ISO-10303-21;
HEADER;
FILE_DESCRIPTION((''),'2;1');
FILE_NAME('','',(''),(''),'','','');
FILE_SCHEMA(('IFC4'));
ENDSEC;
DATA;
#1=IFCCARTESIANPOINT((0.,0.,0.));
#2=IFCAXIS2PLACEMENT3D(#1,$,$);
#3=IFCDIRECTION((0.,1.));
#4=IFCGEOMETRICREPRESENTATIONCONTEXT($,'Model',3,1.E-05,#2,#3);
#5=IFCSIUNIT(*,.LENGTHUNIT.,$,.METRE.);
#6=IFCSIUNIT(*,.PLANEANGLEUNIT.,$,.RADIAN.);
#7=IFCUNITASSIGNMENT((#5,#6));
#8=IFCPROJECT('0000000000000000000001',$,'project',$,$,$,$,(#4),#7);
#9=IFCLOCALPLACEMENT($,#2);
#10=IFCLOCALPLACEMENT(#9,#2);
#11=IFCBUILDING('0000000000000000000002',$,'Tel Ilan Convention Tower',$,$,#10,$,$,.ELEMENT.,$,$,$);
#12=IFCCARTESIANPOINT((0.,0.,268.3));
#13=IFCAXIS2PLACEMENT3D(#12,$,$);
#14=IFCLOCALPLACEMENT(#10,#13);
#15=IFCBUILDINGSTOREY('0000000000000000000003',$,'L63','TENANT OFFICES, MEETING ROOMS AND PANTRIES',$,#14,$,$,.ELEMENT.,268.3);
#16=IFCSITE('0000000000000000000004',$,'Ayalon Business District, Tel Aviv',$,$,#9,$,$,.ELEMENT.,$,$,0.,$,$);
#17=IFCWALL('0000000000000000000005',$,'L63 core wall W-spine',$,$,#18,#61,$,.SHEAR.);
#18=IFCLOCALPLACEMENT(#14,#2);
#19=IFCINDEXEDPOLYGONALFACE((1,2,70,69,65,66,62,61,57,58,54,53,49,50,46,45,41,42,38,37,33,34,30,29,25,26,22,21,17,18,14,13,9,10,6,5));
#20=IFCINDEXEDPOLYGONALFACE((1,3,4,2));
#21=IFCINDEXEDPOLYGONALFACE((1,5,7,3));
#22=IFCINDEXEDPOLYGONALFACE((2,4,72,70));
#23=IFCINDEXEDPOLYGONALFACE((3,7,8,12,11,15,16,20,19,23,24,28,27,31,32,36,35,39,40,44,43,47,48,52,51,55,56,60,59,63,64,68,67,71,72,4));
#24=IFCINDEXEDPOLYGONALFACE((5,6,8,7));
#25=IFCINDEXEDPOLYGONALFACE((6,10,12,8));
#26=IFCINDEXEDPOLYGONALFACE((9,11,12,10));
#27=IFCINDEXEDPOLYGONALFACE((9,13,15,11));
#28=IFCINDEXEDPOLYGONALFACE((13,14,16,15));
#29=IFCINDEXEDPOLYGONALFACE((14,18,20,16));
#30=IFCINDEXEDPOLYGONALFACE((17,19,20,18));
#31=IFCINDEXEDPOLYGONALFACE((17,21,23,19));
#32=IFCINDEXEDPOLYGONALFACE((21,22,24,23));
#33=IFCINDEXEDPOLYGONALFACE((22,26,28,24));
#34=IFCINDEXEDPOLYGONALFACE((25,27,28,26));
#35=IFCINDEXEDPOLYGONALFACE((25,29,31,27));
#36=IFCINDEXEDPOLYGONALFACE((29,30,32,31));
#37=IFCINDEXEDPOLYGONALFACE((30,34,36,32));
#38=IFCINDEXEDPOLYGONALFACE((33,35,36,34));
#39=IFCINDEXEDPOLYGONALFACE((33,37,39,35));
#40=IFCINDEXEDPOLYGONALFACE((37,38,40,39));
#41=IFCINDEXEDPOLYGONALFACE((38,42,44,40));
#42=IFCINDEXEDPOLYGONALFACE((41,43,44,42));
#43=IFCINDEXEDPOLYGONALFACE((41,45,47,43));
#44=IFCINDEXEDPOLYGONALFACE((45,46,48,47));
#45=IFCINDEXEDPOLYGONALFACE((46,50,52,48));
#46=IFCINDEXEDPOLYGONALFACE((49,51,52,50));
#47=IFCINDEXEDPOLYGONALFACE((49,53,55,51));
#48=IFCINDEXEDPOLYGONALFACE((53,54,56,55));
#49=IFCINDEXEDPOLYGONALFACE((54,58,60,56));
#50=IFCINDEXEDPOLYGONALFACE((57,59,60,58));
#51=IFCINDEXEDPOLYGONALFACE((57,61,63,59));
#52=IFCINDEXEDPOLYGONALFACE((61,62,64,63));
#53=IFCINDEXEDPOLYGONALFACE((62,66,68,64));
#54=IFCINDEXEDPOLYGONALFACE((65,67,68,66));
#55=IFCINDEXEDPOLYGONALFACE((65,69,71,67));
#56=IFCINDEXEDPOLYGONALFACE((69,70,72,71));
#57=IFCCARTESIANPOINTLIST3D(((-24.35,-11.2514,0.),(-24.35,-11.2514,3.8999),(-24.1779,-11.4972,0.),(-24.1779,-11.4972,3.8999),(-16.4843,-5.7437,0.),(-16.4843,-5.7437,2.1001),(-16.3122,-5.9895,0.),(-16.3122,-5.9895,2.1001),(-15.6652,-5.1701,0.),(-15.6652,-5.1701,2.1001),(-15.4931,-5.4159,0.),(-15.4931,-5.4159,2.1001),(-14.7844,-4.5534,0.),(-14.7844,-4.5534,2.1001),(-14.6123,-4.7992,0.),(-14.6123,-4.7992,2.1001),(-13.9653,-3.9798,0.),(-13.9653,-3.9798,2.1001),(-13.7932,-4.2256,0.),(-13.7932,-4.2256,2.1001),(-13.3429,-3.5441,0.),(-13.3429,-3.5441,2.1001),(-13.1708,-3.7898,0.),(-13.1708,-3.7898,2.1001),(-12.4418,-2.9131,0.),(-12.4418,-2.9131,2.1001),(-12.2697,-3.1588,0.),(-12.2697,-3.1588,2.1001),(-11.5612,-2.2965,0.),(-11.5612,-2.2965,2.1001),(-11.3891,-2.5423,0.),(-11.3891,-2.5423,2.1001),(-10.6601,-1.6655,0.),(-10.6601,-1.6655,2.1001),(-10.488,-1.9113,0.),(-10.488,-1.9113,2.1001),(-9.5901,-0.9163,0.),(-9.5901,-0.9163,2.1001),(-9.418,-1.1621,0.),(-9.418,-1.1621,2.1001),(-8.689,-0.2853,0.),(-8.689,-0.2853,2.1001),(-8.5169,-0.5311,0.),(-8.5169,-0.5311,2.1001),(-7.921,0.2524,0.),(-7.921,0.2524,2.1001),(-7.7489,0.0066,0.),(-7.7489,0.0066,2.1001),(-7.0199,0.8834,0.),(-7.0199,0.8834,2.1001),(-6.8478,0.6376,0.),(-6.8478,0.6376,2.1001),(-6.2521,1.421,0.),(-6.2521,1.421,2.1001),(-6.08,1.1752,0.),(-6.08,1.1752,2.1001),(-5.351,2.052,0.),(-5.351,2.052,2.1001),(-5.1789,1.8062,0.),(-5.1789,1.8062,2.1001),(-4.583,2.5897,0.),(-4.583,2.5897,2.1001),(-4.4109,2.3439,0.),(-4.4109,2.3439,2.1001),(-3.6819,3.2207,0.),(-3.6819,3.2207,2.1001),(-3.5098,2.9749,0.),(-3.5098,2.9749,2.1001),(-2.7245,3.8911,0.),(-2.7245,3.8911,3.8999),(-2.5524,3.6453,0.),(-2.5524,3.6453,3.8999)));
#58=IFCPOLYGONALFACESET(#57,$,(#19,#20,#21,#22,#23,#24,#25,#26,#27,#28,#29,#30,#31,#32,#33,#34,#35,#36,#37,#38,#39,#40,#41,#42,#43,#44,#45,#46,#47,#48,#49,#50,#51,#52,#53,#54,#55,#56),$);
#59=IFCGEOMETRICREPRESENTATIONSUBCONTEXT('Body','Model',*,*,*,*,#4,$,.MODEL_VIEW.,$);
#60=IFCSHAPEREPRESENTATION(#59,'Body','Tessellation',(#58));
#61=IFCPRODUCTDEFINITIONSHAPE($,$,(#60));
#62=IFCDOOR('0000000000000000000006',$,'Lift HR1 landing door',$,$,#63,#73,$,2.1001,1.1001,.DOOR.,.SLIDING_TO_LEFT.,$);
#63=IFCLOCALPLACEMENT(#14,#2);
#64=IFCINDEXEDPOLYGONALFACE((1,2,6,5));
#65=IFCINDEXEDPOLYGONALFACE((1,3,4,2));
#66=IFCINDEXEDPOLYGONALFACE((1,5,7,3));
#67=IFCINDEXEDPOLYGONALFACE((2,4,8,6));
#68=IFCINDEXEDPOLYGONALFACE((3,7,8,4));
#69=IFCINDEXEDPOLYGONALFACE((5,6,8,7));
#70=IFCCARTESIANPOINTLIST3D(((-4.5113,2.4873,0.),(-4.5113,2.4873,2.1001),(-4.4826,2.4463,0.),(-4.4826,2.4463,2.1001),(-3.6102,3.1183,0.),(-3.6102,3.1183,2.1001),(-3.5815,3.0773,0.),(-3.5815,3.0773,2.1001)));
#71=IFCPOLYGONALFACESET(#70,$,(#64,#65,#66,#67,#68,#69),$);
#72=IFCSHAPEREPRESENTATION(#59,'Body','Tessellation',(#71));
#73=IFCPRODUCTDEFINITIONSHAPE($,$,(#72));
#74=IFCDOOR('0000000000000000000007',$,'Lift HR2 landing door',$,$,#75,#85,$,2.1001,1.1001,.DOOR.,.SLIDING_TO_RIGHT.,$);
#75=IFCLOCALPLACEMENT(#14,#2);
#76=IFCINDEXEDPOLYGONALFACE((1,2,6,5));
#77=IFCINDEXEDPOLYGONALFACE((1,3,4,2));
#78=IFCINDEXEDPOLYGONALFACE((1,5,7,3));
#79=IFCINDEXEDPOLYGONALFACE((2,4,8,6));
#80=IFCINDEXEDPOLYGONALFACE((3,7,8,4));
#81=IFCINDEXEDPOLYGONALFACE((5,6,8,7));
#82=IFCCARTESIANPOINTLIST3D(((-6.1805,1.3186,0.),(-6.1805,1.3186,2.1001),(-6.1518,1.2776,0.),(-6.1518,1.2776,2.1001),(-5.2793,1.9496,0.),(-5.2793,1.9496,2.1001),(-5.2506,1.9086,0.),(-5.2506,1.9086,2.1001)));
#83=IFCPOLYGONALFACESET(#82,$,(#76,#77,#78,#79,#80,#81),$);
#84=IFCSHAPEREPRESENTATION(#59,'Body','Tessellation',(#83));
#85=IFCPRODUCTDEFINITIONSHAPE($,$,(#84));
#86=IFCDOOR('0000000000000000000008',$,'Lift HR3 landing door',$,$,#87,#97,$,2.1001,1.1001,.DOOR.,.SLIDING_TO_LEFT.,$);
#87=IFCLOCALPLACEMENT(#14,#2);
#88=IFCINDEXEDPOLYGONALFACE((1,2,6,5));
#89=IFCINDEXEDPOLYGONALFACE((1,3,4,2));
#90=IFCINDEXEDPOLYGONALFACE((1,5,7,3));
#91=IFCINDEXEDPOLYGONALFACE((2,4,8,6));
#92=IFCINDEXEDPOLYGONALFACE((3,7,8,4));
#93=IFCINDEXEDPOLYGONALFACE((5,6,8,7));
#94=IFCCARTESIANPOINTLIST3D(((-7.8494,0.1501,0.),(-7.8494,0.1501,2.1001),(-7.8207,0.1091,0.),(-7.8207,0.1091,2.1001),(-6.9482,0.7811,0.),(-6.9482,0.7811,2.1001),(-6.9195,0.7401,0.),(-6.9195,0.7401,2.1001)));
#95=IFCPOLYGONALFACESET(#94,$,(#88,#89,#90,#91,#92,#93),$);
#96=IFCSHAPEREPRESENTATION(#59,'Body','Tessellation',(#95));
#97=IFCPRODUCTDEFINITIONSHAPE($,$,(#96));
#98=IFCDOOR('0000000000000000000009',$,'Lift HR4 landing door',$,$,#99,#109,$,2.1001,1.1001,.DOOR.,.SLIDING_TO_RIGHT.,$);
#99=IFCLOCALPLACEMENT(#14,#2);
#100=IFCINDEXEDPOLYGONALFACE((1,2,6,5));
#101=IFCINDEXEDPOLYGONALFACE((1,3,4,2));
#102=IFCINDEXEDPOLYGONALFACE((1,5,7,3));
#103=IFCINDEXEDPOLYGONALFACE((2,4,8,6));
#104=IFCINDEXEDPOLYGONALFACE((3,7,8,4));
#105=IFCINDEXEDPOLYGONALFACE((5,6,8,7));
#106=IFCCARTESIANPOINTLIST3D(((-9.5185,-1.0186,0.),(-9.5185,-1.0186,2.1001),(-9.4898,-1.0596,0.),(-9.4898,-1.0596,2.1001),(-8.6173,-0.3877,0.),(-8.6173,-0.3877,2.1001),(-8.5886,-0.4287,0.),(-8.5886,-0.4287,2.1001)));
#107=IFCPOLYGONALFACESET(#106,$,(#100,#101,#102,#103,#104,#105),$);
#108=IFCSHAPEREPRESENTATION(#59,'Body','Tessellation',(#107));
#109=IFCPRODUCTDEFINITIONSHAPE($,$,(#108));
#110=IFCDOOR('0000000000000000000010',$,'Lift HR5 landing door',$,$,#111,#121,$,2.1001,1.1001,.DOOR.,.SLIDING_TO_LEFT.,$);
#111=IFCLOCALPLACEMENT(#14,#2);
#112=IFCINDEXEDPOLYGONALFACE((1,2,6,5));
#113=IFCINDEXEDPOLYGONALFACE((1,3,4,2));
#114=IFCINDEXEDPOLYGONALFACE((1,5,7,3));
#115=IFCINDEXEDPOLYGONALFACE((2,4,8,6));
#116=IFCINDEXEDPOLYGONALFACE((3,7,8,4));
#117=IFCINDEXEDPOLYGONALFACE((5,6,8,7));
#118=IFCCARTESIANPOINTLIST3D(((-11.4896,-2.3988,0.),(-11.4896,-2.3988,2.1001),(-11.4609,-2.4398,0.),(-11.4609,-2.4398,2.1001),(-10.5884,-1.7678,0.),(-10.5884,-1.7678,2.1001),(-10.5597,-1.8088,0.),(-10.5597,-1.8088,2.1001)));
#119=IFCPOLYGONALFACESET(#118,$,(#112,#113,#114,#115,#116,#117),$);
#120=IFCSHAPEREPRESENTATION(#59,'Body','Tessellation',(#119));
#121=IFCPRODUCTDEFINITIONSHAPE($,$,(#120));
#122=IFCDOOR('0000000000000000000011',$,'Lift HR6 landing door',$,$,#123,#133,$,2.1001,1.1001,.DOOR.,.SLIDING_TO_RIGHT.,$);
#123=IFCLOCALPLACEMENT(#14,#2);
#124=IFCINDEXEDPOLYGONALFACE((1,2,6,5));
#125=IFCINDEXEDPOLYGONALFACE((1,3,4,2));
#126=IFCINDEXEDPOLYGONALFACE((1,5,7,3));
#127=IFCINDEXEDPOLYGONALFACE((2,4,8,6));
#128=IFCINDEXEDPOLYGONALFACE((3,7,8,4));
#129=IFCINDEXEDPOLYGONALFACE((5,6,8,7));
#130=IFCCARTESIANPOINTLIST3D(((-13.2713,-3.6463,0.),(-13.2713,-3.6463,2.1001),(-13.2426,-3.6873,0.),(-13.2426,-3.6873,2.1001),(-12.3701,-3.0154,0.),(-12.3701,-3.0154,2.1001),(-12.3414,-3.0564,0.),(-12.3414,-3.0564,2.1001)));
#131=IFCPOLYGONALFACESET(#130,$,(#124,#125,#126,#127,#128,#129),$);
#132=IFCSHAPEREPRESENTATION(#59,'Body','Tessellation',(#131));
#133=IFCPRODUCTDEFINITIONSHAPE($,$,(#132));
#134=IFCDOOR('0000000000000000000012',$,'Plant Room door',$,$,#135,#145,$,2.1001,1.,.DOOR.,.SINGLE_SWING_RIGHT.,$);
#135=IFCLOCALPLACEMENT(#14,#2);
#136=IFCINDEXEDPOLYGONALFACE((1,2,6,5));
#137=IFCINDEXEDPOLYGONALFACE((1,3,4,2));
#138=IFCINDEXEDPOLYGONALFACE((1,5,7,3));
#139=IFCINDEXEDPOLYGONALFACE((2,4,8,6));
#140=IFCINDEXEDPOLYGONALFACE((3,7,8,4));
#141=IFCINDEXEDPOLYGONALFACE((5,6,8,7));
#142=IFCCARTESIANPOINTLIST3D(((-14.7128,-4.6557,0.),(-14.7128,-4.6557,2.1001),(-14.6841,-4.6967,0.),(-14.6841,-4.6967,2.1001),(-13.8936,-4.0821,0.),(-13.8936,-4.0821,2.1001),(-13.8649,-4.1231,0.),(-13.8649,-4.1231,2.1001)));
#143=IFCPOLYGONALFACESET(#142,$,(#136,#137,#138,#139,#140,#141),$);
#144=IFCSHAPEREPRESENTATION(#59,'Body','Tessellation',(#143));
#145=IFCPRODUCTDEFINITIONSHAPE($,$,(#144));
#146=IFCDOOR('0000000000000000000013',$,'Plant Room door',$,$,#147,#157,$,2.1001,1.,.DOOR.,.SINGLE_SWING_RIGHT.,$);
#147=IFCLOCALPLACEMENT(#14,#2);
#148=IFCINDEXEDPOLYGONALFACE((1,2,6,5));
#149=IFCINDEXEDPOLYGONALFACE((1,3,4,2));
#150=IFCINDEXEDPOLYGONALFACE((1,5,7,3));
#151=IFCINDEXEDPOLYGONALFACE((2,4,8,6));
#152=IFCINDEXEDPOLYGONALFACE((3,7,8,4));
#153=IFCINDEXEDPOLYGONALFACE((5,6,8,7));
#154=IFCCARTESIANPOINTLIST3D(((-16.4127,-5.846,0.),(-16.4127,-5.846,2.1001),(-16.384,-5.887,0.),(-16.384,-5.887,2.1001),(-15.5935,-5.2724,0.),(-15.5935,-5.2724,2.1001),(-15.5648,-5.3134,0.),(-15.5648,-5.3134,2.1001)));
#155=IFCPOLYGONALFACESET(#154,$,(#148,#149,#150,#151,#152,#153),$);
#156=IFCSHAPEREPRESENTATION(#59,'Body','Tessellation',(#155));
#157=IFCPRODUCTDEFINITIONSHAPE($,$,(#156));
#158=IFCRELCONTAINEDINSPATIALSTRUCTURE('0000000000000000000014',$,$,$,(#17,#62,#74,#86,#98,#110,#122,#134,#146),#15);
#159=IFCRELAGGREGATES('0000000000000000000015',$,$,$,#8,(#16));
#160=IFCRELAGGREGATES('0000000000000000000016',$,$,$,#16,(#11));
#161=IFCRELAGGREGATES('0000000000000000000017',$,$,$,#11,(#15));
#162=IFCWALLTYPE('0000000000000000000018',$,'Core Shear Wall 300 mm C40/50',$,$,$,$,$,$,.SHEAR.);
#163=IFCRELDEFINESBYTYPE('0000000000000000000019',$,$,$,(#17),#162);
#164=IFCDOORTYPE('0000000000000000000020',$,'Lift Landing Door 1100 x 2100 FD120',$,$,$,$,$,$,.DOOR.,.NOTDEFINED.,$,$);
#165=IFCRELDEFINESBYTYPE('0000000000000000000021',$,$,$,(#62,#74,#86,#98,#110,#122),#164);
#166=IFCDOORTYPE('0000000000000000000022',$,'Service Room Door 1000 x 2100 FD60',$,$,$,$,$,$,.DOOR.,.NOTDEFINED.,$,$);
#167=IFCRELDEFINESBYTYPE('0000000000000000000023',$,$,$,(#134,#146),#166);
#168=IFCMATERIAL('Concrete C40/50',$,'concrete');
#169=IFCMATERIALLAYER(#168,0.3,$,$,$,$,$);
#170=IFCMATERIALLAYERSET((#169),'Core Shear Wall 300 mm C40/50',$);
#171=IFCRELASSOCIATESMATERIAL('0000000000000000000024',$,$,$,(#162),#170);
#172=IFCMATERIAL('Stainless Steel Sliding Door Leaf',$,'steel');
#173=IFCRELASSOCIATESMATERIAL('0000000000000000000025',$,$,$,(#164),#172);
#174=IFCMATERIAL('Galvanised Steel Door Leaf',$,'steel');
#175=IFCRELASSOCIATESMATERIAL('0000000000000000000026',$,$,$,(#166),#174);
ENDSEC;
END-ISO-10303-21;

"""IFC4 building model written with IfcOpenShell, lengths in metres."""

from ifc_helpers import new_model, si_unit, direction, frame, frame_2d, origin, place, context, subcontext, project, spatial, polyline, rectangle, outline, extrude, material, layer, layer_set, type_object, element, fill, save


model = new_model("IFC4")

# Units and contexts
model_context = context("Model", 3, precision=1e-05, world=origin(), true_north=direction((0.0, 1.0)))
body_context = subcontext(model_context, "Body", "Model", "MODEL_VIEW")
ifc_project = project(units=[si_unit("LENGTHUNIT", "METRE"), si_unit("PLANEANGLEUNIT", "RADIAN")], contexts=[model_context])

# Site, building, storey
site_placement = place(None, origin())
site = spatial("IfcSite", under=ifc_project, at=site_placement, Name="Ayalon Business District, Tel Aviv", CompositionType="ELEMENT", RefElevation=0.0)
building_placement = place(site_placement, origin())
building = spatial("IfcBuilding", under=site, at=building_placement, Name="Tel Ilan Convention Tower", CompositionType="ELEMENT")
storey_placement = place(building_placement, frame((0.0, 0.0, 268.3)))
storey = spatial("IfcBuildingStorey", under=building, at=storey_placement, Name="L63", Description="TENANT OFFICES, MEETING ROOMS AND PANTRIES", CompositionType="ELEMENT", Elevation=268.3)

# Wall, openings, doors
ifc_material_1 = material(Name="Concrete C40/50", Category="concrete")
ifc_layer_1 = layer(ifc_material_1, 0.3)
ifc_layer_set_1 = layer_set([ifc_layer_1], Name="Core Shear Wall 300 mm C40/50")
wall_type_1 = type_object("IfcWallType", Name="Core Shear Wall 300 mm C40/50", PredefinedType="SHEAR", material=ifc_layer_set_1)
wall_1_placement = place(storey_placement, frame((-2.6384, 3.7681, 0.0), z_axis=(0.0, 0.0, 1.0), x_axis=(-0.819155, -0.573572, 0.0)))
wall_1 = element("IfcWall", 1, at=wall_1_placement, inside=storey, type_object=wall_type_1, Name="L63 core wall W-spine", PredefinedType="SHEAR", context=body_context, shape_type="SweptSolid", body=[
    extrude(outline(polyline([(26.3999, 0.1501), (0.0, 0.1499), (0.0, -0.1501), (26.3999, -0.1499), (26.3999, 0.1501)])), origin(), (0.0, 0.0, 1.0), 3.8999),
])
opening_1_placement = place(wall_1_placement, frame((1.1687, 0.0, 0.0)))
opening_1 = element("IfcOpeningElement", 2, at=opening_1_placement, cuts=wall_1, PredefinedType="OPENING", context=body_context, shape_type="SweptSolid", body=[
    extrude(rectangle(XDim=1.1001, YDim=2.1001, at=frame_2d((0.55, 1.05))), frame((0.0, 0.1599, 0.0), z_axis=(0.0, -1.0, 0.0), x_axis=(1.0, 0.0, 0.0)), (0.0, 0.0, 1.0), 0.3201),
])
opening_2_placement = place(wall_1_placement, frame((3.2063, 0.0, 0.0)))
opening_2 = element("IfcOpeningElement", 3, at=opening_2_placement, cuts=wall_1, PredefinedType="OPENING", context=body_context, shape_type="SweptSolid", body=[
    extrude(rectangle(XDim=1.1001, YDim=2.1001, at=frame_2d((0.55, 1.05))), frame((0.0, 0.1599, 0.0), z_axis=(0.0, -1.0, 0.0), x_axis=(1.0, 0.0, 0.0)), (0.0, 0.0, 1.0), 0.3201),
])
opening_3_placement = place(wall_1_placement, frame((5.2437, 0.0, 0.0)))
opening_3 = element("IfcOpeningElement", 4, at=opening_3_placement, cuts=wall_1, PredefinedType="OPENING", context=body_context, shape_type="SweptSolid", body=[
    extrude(rectangle(XDim=1.1001, YDim=2.1001, at=frame_2d((0.55, 1.05))), frame((0.0, 0.1599, 0.0), z_axis=(0.0, -1.0, 0.0), x_axis=(1.0, 0.0, 0.0)), (0.0, 0.0, 1.0), 0.3201),
])
opening_4_placement = place(wall_1_placement, frame((7.2812, 0.0, 0.0)))
opening_4 = element("IfcOpeningElement", 5, at=opening_4_placement, cuts=wall_1, PredefinedType="OPENING", context=body_context, shape_type="SweptSolid", body=[
    extrude(rectangle(XDim=1.1001, YDim=2.1001, at=frame_2d((0.55, 1.05))), frame((0.0, 0.1599, 0.0), z_axis=(0.0, -1.0, 0.0), x_axis=(1.0, 0.0, 0.0)), (0.0, 0.0, 1.0), 0.3201),
])
opening_5_placement = place(wall_1_placement, frame((9.6875, 0.0, 0.0)))
opening_5 = element("IfcOpeningElement", 6, at=opening_5_placement, cuts=wall_1, PredefinedType="OPENING", context=body_context, shape_type="SweptSolid", body=[
    extrude(rectangle(XDim=1.1001, YDim=2.1001, at=frame_2d((0.55, 1.05))), frame((0.0, 0.1599, 0.0), z_axis=(0.0, -1.0, 0.0), x_axis=(1.0, 0.0, 0.0)), (0.0, 0.0, 1.0), 0.3201),
])
opening_6_placement = place(wall_1_placement, frame((11.8625, 0.0, 0.0)))
opening_6 = element("IfcOpeningElement", 7, at=opening_6_placement, cuts=wall_1, PredefinedType="OPENING", context=body_context, shape_type="SweptSolid", body=[
    extrude(rectangle(XDim=1.1001, YDim=2.1001, at=frame_2d((0.55, 1.05))), frame((0.0, 0.1599, 0.0), z_axis=(0.0, -1.0, 0.0), x_axis=(1.0, 0.0, 0.0)), (0.0, 0.0, 1.0), 0.3201),
])
opening_7_placement = place(wall_1_placement, frame((13.7224, 0.0, 0.0)))
opening_7 = element("IfcOpeningElement", 8, at=opening_7_placement, cuts=wall_1, PredefinedType="OPENING", context=body_context, shape_type="SweptSolid", body=[
    extrude(rectangle(XDim=1.0, YDim=2.1001, at=frame_2d((0.5, 1.05))), frame((0.0, 0.1599, 0.0), z_axis=(0.0, -1.0, 0.0), x_axis=(1.0, 0.0, 0.0)), (0.0, 0.0, 1.0), 0.3201),
])
opening_8_placement = place(wall_1_placement, frame((15.7976, 0.0, 0.0)))
opening_8 = element("IfcOpeningElement", 9, at=opening_8_placement, cuts=wall_1, PredefinedType="OPENING", context=body_context, shape_type="SweptSolid", body=[
    extrude(rectangle(XDim=1.0, YDim=2.1001, at=frame_2d((0.5, 1.05))), frame((0.0, 0.1599, 0.0), z_axis=(0.0, -1.0, 0.0), x_axis=(1.0, 0.0, 0.0)), (0.0, 0.0, 1.0), 0.3201),
])
ifc_material_2 = material(Name="Stainless Steel Sliding Door Leaf", Category="steel")
door_type_1 = type_object("IfcDoorType", Name="Lift Landing Door 1100 x 2100 FD120", OperationType="NOTDEFINED", PredefinedType="DOOR", material=ifc_material_2)
door_1_placement = place(opening_1_placement, origin())
door_1 = element("IfcDoor", 10, at=door_1_placement, inside=storey, type_object=door_type_1, Name="Lift HR1 landing door", OperationType="SLIDING_TO_LEFT", OverallHeight=2.1001, OverallWidth=1.1001, PredefinedType="DOOR", context=body_context, shape_type="SweptSolid", body=[
    extrude(rectangle(XDim=1.1001, YDim=2.1001, at=frame_2d((0.55, 1.05))), frame((0.0, 0.0249, 0.0), z_axis=(0.0, -1.0, 0.0), x_axis=(1.0, 0.0, 0.0)), (0.0, 0.0, 1.0), 0.05),
])
fill(opening_1, door_1)
door_2_placement = place(opening_2_placement, origin())
door_2 = element("IfcDoor", 11, at=door_2_placement, inside=storey, type_object=door_type_1, Name="Lift HR2 landing door", OperationType="SLIDING_TO_RIGHT", OverallHeight=2.1001, OverallWidth=1.1001, PredefinedType="DOOR", context=body_context, shape_type="SweptSolid", body=[
    extrude(rectangle(XDim=1.1001, YDim=2.1001, at=frame_2d((0.55, 1.05))), frame((0.0, 0.0249, 0.0), z_axis=(0.0, -1.0, 0.0), x_axis=(1.0, 0.0, 0.0)), (0.0, 0.0, 1.0), 0.05),
])
fill(opening_2, door_2)
door_3_placement = place(opening_3_placement, origin())
door_3 = element("IfcDoor", 12, at=door_3_placement, inside=storey, type_object=door_type_1, Name="Lift HR3 landing door", OperationType="SLIDING_TO_LEFT", OverallHeight=2.1001, OverallWidth=1.1001, PredefinedType="DOOR", context=body_context, shape_type="SweptSolid", body=[
    extrude(rectangle(XDim=1.1001, YDim=2.1001, at=frame_2d((0.55, 1.05))), frame((0.0, 0.0249, 0.0), z_axis=(0.0, -1.0, 0.0), x_axis=(1.0, 0.0, 0.0)), (0.0, 0.0, 1.0), 0.05),
])
fill(opening_3, door_3)
door_4_placement = place(opening_4_placement, origin())
door_4 = element("IfcDoor", 13, at=door_4_placement, inside=storey, type_object=door_type_1, Name="Lift HR4 landing door", OperationType="SLIDING_TO_RIGHT", OverallHeight=2.1001, OverallWidth=1.1001, PredefinedType="DOOR", context=body_context, shape_type="SweptSolid", body=[
    extrude(rectangle(XDim=1.1001, YDim=2.1001, at=frame_2d((0.55, 1.05))), frame((0.0, 0.0249, 0.0), z_axis=(0.0, -1.0, 0.0), x_axis=(1.0, 0.0, 0.0)), (0.0, 0.0, 1.0), 0.05),
])
fill(opening_4, door_4)
door_5_placement = place(opening_5_placement, origin())
door_5 = element("IfcDoor", 14, at=door_5_placement, inside=storey, type_object=door_type_1, Name="Lift HR5 landing door", OperationType="SLIDING_TO_LEFT", OverallHeight=2.1001, OverallWidth=1.1001, PredefinedType="DOOR", context=body_context, shape_type="SweptSolid", body=[
    extrude(rectangle(XDim=1.1001, YDim=2.1001, at=frame_2d((0.55, 1.05))), frame((0.0, 0.0249, 0.0), z_axis=(0.0, -1.0, 0.0), x_axis=(1.0, 0.0, 0.0)), (0.0, 0.0, 1.0), 0.05),
])
fill(opening_5, door_5)
door_6_placement = place(opening_6_placement, origin())
door_6 = element("IfcDoor", 15, at=door_6_placement, inside=storey, type_object=door_type_1, Name="Lift HR6 landing door", OperationType="SLIDING_TO_RIGHT", OverallHeight=2.1001, OverallWidth=1.1001, PredefinedType="DOOR", context=body_context, shape_type="SweptSolid", body=[
    extrude(rectangle(XDim=1.1001, YDim=2.1001, at=frame_2d((0.55, 1.05))), frame((0.0, 0.0249, 0.0), z_axis=(0.0, -1.0, 0.0), x_axis=(1.0, 0.0, 0.0)), (0.0, 0.0, 1.0), 0.05),
])
fill(opening_6, door_6)
ifc_material_3 = material(Name="Galvanised Steel Door Leaf", Category="steel")
door_type_2 = type_object("IfcDoorType", Name="Service Room Door 1000 x 2100 FD60", OperationType="NOTDEFINED", PredefinedType="DOOR", material=ifc_material_3)
door_7_placement = place(opening_7_placement, origin())
door_7 = element("IfcDoor", 16, at=door_7_placement, inside=storey, type_object=door_type_2, Name="Plant Room door", OperationType="SINGLE_SWING_RIGHT", OverallHeight=2.1001, OverallWidth=1.0, PredefinedType="DOOR", context=body_context, shape_type="SweptSolid", body=[
    extrude(rectangle(XDim=1.0, YDim=2.1001, at=frame_2d((0.5, 1.05))), frame((0.0, 0.0249, 0.0), z_axis=(0.0, -1.0, 0.0), x_axis=(1.0, 0.0, 0.0)), (0.0, 0.0, 1.0), 0.05),
])
fill(opening_7, door_7)
door_8_placement = place(opening_8_placement, origin())
door_8 = element("IfcDoor", 17, at=door_8_placement, inside=storey, type_object=door_type_2, Name="Plant Room door", OperationType="SINGLE_SWING_RIGHT", OverallHeight=2.1001, OverallWidth=1.0, PredefinedType="DOOR", context=body_context, shape_type="SweptSolid", body=[
    extrude(rectangle(XDim=1.0, YDim=2.1001, at=frame_2d((0.5, 1.05))), frame((0.0, 0.0249, 0.0), z_axis=(0.0, -1.0, 0.0), x_axis=(1.0, 0.0, 0.0)), (0.0, 0.0, 1.0), 0.05),
])
fill(opening_8, door_8)

save(model, "model.ifc")
